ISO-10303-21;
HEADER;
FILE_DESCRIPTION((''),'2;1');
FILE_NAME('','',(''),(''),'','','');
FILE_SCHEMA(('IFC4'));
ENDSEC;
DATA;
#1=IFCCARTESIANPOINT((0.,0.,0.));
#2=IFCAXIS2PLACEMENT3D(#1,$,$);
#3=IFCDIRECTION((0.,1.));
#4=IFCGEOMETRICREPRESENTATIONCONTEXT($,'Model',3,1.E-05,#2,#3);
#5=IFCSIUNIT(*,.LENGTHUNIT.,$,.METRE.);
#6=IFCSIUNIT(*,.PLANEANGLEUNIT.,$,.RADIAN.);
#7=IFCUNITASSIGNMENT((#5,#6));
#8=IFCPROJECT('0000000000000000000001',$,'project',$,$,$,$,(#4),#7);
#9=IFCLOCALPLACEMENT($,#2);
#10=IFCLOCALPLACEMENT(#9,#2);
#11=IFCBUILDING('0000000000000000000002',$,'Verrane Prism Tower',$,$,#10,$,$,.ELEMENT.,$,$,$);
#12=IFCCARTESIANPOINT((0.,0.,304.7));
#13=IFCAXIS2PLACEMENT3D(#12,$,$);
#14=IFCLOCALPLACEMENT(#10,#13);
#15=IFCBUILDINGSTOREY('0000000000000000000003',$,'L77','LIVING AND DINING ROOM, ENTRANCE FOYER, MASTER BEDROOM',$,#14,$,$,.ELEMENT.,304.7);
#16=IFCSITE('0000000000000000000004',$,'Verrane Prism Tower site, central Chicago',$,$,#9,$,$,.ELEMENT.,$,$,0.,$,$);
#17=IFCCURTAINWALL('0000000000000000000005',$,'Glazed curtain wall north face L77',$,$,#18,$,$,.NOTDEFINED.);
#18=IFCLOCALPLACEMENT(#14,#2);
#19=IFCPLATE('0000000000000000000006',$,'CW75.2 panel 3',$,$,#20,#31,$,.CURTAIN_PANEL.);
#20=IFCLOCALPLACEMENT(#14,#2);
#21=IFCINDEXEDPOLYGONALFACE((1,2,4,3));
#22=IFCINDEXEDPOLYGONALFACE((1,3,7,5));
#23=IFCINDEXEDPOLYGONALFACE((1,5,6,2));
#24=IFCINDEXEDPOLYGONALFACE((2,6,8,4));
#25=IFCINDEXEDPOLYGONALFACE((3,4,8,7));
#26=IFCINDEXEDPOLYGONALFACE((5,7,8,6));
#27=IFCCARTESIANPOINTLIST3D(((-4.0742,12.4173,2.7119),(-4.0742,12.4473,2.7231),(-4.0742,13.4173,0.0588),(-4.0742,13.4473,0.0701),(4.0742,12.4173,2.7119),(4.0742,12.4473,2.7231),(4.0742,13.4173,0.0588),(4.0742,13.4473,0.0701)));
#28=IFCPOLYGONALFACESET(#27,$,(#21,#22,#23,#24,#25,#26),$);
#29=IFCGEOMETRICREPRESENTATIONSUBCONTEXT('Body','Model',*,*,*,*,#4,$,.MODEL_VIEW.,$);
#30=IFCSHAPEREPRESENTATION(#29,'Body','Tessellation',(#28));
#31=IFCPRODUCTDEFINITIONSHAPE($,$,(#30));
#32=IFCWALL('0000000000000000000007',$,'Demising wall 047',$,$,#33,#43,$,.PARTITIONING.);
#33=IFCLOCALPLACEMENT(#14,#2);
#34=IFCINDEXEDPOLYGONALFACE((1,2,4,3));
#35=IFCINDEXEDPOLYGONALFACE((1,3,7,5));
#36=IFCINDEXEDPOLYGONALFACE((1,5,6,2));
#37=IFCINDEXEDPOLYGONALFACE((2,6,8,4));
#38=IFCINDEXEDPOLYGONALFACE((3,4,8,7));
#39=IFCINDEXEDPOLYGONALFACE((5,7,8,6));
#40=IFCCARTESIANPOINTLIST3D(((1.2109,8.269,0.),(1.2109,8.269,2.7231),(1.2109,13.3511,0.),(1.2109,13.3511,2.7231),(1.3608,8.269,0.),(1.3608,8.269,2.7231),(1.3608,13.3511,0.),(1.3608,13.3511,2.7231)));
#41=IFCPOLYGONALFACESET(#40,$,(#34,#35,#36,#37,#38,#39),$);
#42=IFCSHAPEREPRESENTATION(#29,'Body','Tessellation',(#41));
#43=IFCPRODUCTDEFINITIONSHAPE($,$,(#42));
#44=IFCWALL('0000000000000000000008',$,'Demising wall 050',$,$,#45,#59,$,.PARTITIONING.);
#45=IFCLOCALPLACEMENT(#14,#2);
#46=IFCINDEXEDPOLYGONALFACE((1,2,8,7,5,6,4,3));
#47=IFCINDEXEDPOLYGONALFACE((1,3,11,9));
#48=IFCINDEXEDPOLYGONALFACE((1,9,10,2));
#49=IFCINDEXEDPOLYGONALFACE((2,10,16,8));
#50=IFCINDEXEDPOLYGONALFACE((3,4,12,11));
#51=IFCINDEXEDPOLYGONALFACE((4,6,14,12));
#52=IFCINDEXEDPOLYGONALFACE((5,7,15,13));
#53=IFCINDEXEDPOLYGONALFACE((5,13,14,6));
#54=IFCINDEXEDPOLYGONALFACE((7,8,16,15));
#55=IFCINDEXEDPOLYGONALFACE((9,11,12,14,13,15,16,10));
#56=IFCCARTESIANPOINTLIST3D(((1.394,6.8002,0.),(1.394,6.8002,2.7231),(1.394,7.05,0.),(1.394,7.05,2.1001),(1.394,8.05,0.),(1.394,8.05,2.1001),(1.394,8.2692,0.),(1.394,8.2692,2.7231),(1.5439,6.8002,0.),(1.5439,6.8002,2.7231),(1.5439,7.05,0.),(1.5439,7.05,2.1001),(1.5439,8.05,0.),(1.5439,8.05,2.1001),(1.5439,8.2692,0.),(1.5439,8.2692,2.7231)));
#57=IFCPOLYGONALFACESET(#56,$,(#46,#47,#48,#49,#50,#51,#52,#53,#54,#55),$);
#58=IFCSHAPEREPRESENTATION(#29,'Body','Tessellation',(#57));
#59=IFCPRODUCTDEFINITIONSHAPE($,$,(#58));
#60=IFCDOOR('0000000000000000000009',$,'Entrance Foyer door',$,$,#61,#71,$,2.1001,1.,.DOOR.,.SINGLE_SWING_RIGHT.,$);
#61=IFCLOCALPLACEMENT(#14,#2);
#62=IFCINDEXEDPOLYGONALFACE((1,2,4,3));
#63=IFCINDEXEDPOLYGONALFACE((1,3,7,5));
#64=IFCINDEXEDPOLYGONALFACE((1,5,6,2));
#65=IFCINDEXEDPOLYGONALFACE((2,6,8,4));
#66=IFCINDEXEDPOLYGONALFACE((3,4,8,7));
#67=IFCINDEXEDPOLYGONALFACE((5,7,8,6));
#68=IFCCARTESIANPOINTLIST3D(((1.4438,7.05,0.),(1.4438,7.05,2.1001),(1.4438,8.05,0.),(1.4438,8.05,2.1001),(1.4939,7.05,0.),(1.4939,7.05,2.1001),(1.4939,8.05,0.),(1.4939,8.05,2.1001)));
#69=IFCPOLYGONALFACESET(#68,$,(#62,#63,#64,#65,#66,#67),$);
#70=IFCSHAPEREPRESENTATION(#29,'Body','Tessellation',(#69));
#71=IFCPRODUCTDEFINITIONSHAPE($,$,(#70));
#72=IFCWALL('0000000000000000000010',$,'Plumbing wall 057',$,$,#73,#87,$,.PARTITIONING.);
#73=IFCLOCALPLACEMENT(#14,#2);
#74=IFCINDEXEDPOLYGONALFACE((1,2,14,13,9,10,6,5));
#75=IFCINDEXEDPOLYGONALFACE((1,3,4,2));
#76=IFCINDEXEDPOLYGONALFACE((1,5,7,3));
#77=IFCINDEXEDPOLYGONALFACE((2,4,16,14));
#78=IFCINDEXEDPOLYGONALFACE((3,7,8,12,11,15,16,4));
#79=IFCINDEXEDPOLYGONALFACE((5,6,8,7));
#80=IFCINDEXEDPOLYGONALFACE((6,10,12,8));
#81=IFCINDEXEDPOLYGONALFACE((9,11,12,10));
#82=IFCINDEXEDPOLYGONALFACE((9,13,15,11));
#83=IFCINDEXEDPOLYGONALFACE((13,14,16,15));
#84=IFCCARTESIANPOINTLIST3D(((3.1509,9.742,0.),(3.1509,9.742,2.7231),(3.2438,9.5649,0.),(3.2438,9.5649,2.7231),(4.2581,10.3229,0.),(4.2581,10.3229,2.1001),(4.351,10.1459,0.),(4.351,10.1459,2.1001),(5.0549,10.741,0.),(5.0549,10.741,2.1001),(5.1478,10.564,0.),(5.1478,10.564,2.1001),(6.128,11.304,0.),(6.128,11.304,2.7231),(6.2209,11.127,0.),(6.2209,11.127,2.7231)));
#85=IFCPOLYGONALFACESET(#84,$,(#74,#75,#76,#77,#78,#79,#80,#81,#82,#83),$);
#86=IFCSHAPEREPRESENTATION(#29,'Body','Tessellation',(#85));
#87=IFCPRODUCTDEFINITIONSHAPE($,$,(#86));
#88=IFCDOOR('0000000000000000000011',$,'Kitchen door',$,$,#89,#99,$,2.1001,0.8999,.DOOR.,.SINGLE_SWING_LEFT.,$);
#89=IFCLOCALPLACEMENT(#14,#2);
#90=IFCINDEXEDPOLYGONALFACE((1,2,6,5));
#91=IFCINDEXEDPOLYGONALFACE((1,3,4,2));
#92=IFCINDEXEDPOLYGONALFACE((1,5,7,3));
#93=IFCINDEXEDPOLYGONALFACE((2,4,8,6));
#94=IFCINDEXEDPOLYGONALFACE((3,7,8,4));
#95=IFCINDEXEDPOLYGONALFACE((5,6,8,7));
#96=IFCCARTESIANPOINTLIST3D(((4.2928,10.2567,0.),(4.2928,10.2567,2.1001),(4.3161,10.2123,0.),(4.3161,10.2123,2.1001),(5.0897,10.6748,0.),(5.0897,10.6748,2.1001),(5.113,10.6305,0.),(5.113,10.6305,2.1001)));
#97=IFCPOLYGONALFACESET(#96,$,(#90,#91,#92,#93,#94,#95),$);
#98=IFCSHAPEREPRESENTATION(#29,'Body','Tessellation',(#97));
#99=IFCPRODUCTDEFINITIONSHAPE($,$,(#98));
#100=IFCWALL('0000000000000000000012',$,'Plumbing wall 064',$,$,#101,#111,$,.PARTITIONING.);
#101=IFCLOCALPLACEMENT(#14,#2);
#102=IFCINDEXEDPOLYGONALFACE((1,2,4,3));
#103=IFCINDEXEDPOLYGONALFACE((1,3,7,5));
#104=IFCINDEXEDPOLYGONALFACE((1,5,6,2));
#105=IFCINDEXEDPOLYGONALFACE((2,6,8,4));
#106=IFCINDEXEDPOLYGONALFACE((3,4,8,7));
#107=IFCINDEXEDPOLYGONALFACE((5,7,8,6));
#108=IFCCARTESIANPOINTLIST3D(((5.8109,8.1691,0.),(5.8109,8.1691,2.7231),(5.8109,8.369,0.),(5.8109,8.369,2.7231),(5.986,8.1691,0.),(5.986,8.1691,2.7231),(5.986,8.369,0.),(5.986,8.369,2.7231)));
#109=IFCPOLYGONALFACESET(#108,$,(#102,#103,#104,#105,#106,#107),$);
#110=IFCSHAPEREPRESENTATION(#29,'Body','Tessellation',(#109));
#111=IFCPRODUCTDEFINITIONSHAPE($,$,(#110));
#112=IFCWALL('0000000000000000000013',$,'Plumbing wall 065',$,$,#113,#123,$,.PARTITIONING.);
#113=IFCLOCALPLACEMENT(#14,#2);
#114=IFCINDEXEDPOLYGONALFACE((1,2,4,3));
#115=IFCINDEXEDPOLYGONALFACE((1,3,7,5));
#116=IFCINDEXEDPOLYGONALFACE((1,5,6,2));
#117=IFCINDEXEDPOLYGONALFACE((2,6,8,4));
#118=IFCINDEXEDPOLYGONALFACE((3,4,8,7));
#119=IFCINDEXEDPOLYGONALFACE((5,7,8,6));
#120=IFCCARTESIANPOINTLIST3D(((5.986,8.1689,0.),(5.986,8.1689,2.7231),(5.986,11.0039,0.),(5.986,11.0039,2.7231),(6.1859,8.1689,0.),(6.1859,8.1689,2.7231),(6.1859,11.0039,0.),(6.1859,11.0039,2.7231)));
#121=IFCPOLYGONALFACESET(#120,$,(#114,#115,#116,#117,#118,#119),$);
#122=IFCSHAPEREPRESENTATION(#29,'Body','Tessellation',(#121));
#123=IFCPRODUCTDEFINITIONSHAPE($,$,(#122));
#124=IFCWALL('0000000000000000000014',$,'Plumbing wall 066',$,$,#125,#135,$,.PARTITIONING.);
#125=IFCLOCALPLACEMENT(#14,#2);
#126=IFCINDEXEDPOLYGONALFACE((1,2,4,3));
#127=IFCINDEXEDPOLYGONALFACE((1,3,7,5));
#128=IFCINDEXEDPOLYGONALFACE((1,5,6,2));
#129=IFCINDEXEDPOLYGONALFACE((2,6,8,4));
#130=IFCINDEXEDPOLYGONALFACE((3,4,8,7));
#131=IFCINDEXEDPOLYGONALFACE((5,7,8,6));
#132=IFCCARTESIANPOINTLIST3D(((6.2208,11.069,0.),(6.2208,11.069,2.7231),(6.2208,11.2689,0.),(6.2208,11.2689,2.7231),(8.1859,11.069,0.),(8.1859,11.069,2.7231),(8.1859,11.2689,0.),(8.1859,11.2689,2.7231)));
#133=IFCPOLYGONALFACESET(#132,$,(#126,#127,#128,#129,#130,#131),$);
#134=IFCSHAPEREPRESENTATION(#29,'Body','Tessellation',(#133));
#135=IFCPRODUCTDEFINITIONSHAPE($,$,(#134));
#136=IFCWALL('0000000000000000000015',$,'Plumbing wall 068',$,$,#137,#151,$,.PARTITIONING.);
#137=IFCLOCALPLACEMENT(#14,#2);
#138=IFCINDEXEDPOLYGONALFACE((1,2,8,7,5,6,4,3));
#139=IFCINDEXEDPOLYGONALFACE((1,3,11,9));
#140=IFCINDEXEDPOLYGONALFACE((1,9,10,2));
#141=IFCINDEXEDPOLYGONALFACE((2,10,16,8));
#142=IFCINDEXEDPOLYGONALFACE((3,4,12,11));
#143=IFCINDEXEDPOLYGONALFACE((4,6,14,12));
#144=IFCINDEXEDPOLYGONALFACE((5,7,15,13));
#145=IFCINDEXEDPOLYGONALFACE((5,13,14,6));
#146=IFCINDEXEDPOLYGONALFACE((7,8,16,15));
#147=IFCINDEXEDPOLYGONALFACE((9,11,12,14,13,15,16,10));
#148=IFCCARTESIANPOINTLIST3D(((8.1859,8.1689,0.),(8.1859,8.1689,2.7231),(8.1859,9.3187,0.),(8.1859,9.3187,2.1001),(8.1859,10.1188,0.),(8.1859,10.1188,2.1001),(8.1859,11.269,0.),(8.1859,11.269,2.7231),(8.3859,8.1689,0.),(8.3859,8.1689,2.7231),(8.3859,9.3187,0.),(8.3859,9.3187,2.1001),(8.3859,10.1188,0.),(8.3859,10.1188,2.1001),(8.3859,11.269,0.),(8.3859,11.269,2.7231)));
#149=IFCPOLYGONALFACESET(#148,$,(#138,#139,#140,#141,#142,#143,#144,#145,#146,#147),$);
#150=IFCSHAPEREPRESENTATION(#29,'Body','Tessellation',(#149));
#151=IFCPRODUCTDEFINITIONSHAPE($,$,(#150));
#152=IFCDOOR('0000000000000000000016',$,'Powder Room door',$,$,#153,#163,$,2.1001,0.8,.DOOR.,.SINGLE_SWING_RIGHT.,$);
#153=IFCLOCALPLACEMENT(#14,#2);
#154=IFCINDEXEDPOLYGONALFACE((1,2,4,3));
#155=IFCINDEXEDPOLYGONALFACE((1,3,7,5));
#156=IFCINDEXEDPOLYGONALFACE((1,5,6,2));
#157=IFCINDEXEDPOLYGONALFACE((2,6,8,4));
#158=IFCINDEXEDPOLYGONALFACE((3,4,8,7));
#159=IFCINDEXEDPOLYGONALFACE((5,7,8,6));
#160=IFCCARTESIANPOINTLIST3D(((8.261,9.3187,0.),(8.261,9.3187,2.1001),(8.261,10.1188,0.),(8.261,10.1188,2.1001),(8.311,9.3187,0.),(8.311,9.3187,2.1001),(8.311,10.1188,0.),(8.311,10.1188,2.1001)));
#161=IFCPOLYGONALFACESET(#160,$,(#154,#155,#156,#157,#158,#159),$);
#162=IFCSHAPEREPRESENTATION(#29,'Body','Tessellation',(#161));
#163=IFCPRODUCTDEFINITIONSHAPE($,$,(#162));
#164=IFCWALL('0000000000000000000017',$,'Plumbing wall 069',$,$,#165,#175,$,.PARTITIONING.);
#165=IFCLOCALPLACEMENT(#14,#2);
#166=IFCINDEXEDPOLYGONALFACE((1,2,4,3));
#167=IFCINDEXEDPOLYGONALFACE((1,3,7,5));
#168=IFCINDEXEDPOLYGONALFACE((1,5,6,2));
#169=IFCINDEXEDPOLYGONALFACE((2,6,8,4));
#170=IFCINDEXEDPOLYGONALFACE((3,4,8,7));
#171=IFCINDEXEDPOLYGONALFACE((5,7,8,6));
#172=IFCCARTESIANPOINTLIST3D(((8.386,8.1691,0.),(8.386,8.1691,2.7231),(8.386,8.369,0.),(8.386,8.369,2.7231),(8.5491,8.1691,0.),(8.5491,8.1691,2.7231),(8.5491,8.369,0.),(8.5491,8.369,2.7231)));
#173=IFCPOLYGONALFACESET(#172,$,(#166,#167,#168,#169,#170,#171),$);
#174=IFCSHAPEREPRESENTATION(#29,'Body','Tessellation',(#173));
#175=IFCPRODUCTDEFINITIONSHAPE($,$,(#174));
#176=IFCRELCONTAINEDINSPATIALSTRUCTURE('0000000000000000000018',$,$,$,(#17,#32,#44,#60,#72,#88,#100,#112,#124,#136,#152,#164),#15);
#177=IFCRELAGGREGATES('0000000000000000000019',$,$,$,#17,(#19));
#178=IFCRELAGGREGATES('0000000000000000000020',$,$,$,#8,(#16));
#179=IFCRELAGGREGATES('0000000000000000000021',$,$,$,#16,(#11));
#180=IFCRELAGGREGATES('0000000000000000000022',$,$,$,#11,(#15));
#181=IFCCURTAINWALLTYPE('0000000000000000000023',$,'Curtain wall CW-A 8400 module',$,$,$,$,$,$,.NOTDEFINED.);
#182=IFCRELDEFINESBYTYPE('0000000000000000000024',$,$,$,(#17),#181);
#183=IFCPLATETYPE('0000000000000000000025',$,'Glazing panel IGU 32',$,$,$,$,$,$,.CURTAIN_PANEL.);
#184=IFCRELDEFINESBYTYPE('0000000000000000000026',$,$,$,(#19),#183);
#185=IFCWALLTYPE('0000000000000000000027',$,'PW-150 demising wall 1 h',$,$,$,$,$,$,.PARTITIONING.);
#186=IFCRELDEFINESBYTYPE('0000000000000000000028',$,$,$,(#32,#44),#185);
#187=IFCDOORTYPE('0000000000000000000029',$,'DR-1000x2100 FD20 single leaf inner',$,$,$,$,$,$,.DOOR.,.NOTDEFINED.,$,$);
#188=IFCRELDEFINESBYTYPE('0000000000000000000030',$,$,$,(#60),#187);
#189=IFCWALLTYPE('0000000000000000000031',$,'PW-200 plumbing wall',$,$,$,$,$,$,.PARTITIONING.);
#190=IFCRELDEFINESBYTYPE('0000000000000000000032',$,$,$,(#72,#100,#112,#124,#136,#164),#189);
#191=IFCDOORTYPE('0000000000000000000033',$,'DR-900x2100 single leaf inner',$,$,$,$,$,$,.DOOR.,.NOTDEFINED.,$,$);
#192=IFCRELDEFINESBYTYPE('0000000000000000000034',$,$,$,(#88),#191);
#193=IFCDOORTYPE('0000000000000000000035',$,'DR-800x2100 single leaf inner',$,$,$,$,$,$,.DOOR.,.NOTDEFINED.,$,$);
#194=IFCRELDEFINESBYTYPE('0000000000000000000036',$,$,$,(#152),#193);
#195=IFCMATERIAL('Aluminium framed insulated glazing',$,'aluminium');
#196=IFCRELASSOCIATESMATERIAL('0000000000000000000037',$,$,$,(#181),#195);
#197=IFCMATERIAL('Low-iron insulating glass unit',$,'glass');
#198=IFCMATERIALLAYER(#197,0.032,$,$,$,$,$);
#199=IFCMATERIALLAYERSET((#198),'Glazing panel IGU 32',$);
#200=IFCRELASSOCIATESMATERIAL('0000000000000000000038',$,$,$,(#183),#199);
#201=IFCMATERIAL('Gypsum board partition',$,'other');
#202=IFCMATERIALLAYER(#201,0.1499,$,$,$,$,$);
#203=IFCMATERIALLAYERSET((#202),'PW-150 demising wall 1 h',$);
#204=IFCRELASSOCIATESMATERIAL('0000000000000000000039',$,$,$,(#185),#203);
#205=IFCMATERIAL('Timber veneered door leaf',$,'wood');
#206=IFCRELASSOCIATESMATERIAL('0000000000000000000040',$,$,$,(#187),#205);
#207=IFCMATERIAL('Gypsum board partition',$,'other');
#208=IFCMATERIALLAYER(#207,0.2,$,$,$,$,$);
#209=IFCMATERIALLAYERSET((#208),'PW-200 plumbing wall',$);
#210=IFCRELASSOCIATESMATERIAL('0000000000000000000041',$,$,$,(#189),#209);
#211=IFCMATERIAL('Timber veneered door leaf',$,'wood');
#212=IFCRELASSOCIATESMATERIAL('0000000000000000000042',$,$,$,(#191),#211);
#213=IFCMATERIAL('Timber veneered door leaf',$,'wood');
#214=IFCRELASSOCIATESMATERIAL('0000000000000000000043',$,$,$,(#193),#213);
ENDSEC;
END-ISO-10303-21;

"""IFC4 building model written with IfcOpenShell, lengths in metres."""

from ifc_helpers import new_model, si_unit, direction, frame, frame_2d, origin, place, context, subcontext, project, spatial, polyline, rectangle, outline, extrude, material, layer, layer_set, type_object, element, fill, aggregate, save


model = new_model("IFC4")

# Units and contexts
model_context = context("Model", 3, precision=1e-05, world=origin(), true_north=direction((0.0, 1.0)))
body_context = subcontext(model_context, "Body", "Model", "MODEL_VIEW")
ifc_project = project(units=[si_unit("LENGTHUNIT", "METRE"), si_unit("PLANEANGLEUNIT", "RADIAN")], contexts=[model_context])

# Site, building, storey
site_placement = place(None, origin())
site = spatial("IfcSite", under=ifc_project, at=site_placement, Name="Verrane Prism Tower site, central Chicago", CompositionType="ELEMENT", RefElevation=0.0)
building_placement = place(site_placement, origin())
building = spatial("IfcBuilding", under=site, at=building_placement, Name="Verrane Prism Tower", CompositionType="ELEMENT")
storey_placement = place(building_placement, frame((0.0, 0.0, 304.7)))
storey = spatial("IfcBuildingStorey", under=building, at=storey_placement, Name="L77", Description="LIVING AND DINING ROOM, ENTRANCE FOYER, MASTER BEDROOM", CompositionType="ELEMENT", Elevation=304.7)

# Curtain wall
ifc_material_1 = material(Name="Aluminium framed insulated glazing", Category="aluminium")
curtain_wall_type = type_object("IfcCurtainWallType", Name="Curtain wall CW-A 8400 module", PredefinedType="NOTDEFINED", material=ifc_material_1)
curtain_wall_placement = place(storey_placement, origin())
curtain_wall = element("IfcCurtainWall", 1, at=curtain_wall_placement, inside=storey, type_object=curtain_wall_type, Name="Glazed curtain wall north face L77", PredefinedType="NOTDEFINED")

# Plate
ifc_material_2 = material(Name="Low-iron insulating glass unit", Category="glass")
ifc_layer_1 = layer(ifc_material_2, 0.032)
ifc_layer_set_1 = layer_set([ifc_layer_1], Name="Glazing panel IGU 32")
plate_type = type_object("IfcPlateType", Name="Glazing panel IGU 32", PredefinedType="CURTAIN_PANEL", material=ifc_layer_set_1)
plate_1_placement = place(storey_placement, frame((4.0742, 13.4473, 0.0701), z_axis=(0.0, 0.935737, 0.352699), x_axis=(-1.0, 0.0, 0.0)))
plate_1 = element("IfcPlate", 2, at=plate_1_placement, type_object=plate_type, Name="CW75.2 panel 3", PredefinedType="CURTAIN_PANEL", context=body_context, shape_type="SweptSolid", body=[
    extrude(outline(polyline([(0.0, 0.0), (8.1484, 0.0), (8.1484, 2.8353), (0.0, 2.8353), (0.0, 0.0)])), origin(), (0.0, 0.0, -1.0), 0.032),
])
aggregate(curtain_wall, [plate_1])

# Wall
ifc_material_3 = material(Name="Gypsum board partition", Category="other")
ifc_layer_2 = layer(ifc_material_3, 0.1499)
ifc_layer_set_2 = layer_set([ifc_layer_2], Name="PW-150 demising wall 1 h")
wall_type_1 = type_object("IfcWallType", Name="PW-150 demising wall 1 h", PredefinedType="PARTITIONING", material=ifc_layer_set_2)
wall_1_placement = place(storey_placement, frame((1.2859, 8.269, 0.0), z_axis=(0.0, 0.0, 1.0), x_axis=(0.0, 1.0, 0.0)))
element("IfcWall", 3, at=wall_1_placement, inside=storey, type_object=wall_type_1, Name="Demising wall 047", PredefinedType="PARTITIONING", context=body_context, shape_type="SweptSolid", body=[
    extrude(rectangle(XDim=5.082, YDim=0.1499, at=frame_2d((2.541, 0.0))), origin(), (0.0, 0.0, 1.0), 2.7231),
])

# Walls, openings, doors
wall_2_placement = place(storey_placement, frame((1.469, 8.269, 0.0), z_axis=(0.0, 0.0, 1.0), x_axis=(0.0, -1.0, 0.0)))
wall_2 = element("IfcWall", 4, at=wall_2_placement, inside=storey, type_object=wall_type_1, Name="Demising wall 050", PredefinedType="PARTITIONING", context=body_context, shape_type="SweptSolid", body=[
    extrude(rectangle(XDim=1.469, YDim=0.1499, at=frame_2d((0.7344, 0.0))), origin(), (0.0, 0.0, 1.0), 2.7231),
])
opening_1_placement = place(wall_2_placement, frame((0.219, 0.0, 0.0)))
opening_1 = element("IfcOpeningElement", 5, at=opening_1_placement, cuts=wall_2, PredefinedType="OPENING", context=body_context, shape_type="SweptSolid", body=[
    extrude(rectangle(XDim=1.0, YDim=2.1001, at=frame_2d((0.5, 1.05))), frame((0.0, 0.085, 0.0), z_axis=(0.0, -1.0, 0.0), x_axis=(1.0, 0.0, 0.0)), (0.0, 0.0, 1.0), 0.1699),
])
ifc_material_4 = material(Name="Timber veneered door leaf", Category="wood")
door_type_1 = type_object("IfcDoorType", Name="DR-1000x2100 FD20 single leaf inner", OperationType="NOTDEFINED", PredefinedType="DOOR", material=ifc_material_4)
door_1_placement = place(opening_1_placement, origin())
door_1 = element("IfcDoor", 6, at=door_1_placement, inside=storey, type_object=door_type_1, Name="Entrance Foyer door", OperationType="SINGLE_SWING_RIGHT", OverallHeight=2.1001, OverallWidth=1.0, PredefinedType="DOOR", context=body_context, shape_type="SweptSolid", body=[
    extrude(rectangle(XDim=1.0, YDim=2.1001, at=frame_2d((0.5, 1.05))), frame((0.0, 0.0249, 0.0), z_axis=(0.0, -1.0, 0.0), x_axis=(1.0, 0.0, 0.0)), (0.0, 0.0, 1.0), 0.05),
])
fill(opening_1, door_1)
ifc_material_5 = material(Name="Gypsum board partition", Category="other")
ifc_layer_3 = layer(ifc_material_5, 0.2)
ifc_layer_set_3 = layer_set([ifc_layer_3], Name="PW-200 plumbing wall")
wall_type_2 = type_object("IfcWallType", Name="PW-200 plumbing wall", PredefinedType="PARTITIONING", material=ifc_layer_set_3)
wall_3_placement = place(storey_placement, frame((6.1746, 11.2156, 0.0), z_axis=(0.0, 0.0, 1.0), x_axis=(-0.885513, -0.464615, 0.0)))
wall_3 = element("IfcWall", 7, at=wall_3_placement, inside=storey, type_object=wall_type_2, Name="Plumbing wall 057", PredefinedType="PARTITIONING", context=body_context, shape_type="SweptSolid", body=[
    extrude(rectangle(XDim=3.3621, YDim=0.2, at=frame_2d((1.6812, 0.0))), origin(), (0.0, 0.0, 1.0), 2.7231),
])
opening_2_placement = place(wall_3_placement, frame((1.2119, 0.0, 0.0)))
opening_2 = element("IfcOpeningElement", 8, at=opening_2_placement, cuts=wall_3, PredefinedType="OPENING", context=body_context, shape_type="SweptSolid", body=[
    extrude(rectangle(XDim=0.8999, YDim=2.1001, at=frame_2d((0.45, 1.05))), frame((0.0, 0.1099, 0.0), z_axis=(0.0, -1.0, 0.0), x_axis=(1.0, 0.0, 0.0)), (0.0, 0.0, 1.0), 0.22),
])
ifc_material_6 = material(Name="Timber veneered door leaf", Category="wood")
door_type_2 = type_object("IfcDoorType", Name="DR-900x2100 single leaf inner", OperationType="NOTDEFINED", PredefinedType="DOOR", material=ifc_material_6)
door_2_placement = place(opening_2_placement, origin())
door_2 = element("IfcDoor", 9, at=door_2_placement, inside=storey, type_object=door_type_2, Name="Kitchen door", OperationType="SINGLE_SWING_LEFT", OverallHeight=2.1001, OverallWidth=0.8999, PredefinedType="DOOR", context=body_context, shape_type="SweptSolid", body=[
    extrude(rectangle(XDim=0.8999, YDim=2.1001, at=frame_2d((0.45, 1.05))), frame((0.0, 0.0249, 0.0), z_axis=(0.0, -1.0, 0.0), x_axis=(1.0, 0.0, 0.0)), (0.0, 0.0, 1.0), 0.05),
])
fill(opening_2, door_2)

# Walls
wall_4_placement = place(storey_placement, frame((5.811, 8.269, 0.0), z_axis=(0.0, 0.0, 1.0), x_axis=(1.0, 0.0, 0.0)))
element("IfcWall", 10, at=wall_4_placement, inside=storey, type_object=wall_type_2, Name="Plumbing wall 064", PredefinedType="PARTITIONING", context=body_context, shape_type="SweptSolid", body=[
    extrude(rectangle(XDim=0.175, YDim=0.2, at=frame_2d((0.0874, 0.0))), origin(), (0.0, 0.0, 1.0), 2.7231),
])
wall_5_placement = place(storey_placement, frame((6.0859, 8.1689, 0.0), z_axis=(0.0, 0.0, 1.0), x_axis=(0.0, 1.0, 0.0)))
element("IfcWall", 11, at=wall_5_placement, inside=storey, type_object=wall_type_2, Name="Plumbing wall 065", PredefinedType="PARTITIONING", context=body_context, shape_type="SweptSolid", body=[
    extrude(rectangle(XDim=2.835, YDim=0.2, at=frame_2d((1.4175, 0.0))), origin(), (0.0, 0.0, 1.0), 2.7231),
])
wall_6_placement = place(storey_placement, frame((6.2209, 11.1689, 0.0), z_axis=(0.0, 0.0, 1.0), x_axis=(1.0, 0.0, 0.0)))
element("IfcWall", 12, at=wall_6_placement, inside=storey, type_object=wall_type_2, Name="Plumbing wall 066", PredefinedType="PARTITIONING", context=body_context, shape_type="SweptSolid", body=[
    extrude(rectangle(XDim=1.9651, YDim=0.2, at=frame_2d((0.9824, 0.0))), origin(), (0.0, 0.0, 1.0), 2.7231),
])

# Wall, opening, door
wall_7_placement = place(storey_placement, frame((8.2859, 8.1689, 0.0), z_axis=(0.0, 0.0, 1.0), x_axis=(0.0, 1.0, 0.0)))
wall_7 = element("IfcWall", 13, at=wall_7_placement, inside=storey, type_object=wall_type_2, Name="Plumbing wall 068", PredefinedType="PARTITIONING", context=body_context, shape_type="SweptSolid", body=[
    extrude(rectangle(XDim=3.1001, YDim=0.2, at=frame_2d((1.55, 0.0))), origin(), (0.0, 0.0, 1.0), 2.7231),
])
opening_3_placement = place(wall_7_placement, frame((1.1499, 0.0, 0.0)))
opening_3 = element("IfcOpeningElement", 14, at=opening_3_placement, cuts=wall_7, PredefinedType="OPENING", context=body_context, shape_type="SweptSolid", body=[
    extrude(rectangle(XDim=0.8, YDim=2.1001, at=frame_2d((0.3999, 1.05))), frame((0.0, 0.1099, 0.0), z_axis=(0.0, -1.0, 0.0), x_axis=(1.0, 0.0, 0.0)), (0.0, 0.0, 1.0), 0.22),
])
ifc_material_7 = material(Name="Timber veneered door leaf", Category="wood")
door_type_3 = type_object("IfcDoorType", Name="DR-800x2100 single leaf inner", OperationType="NOTDEFINED", PredefinedType="DOOR", material=ifc_material_7)
door_3_placement = place(opening_3_placement, origin())
door_3 = element("IfcDoor", 15, at=door_3_placement, inside=storey, type_object=door_type_3, Name="Powder Room door", OperationType="SINGLE_SWING_RIGHT", OverallHeight=2.1001, OverallWidth=0.8, PredefinedType="DOOR", context=body_context, shape_type="SweptSolid", body=[
    extrude(rectangle(XDim=0.8, YDim=2.1001, at=frame_2d((0.3999, 1.05))), frame((0.0, 0.0249, 0.0), z_axis=(0.0, -1.0, 0.0), x_axis=(1.0, 0.0, 0.0)), (0.0, 0.0, 1.0), 0.05),
])
fill(opening_3, door_3)

# Wall
wall_8_placement = place(storey_placement, frame((8.386, 8.269, 0.0), z_axis=(0.0, 0.0, 1.0), x_axis=(1.0, 0.0, 0.0)))
element("IfcWall", 16, at=wall_8_placement, inside=storey, type_object=wall_type_2, Name="Plumbing wall 069", PredefinedType="PARTITIONING", context=body_context, shape_type="SweptSolid", body=[
    extrude(rectangle(XDim=0.1631, YDim=0.2, at=frame_2d((0.0815, 0.0))), origin(), (0.0, 0.0, 1.0), 2.7231),
])

save(model, "model.ifc")
